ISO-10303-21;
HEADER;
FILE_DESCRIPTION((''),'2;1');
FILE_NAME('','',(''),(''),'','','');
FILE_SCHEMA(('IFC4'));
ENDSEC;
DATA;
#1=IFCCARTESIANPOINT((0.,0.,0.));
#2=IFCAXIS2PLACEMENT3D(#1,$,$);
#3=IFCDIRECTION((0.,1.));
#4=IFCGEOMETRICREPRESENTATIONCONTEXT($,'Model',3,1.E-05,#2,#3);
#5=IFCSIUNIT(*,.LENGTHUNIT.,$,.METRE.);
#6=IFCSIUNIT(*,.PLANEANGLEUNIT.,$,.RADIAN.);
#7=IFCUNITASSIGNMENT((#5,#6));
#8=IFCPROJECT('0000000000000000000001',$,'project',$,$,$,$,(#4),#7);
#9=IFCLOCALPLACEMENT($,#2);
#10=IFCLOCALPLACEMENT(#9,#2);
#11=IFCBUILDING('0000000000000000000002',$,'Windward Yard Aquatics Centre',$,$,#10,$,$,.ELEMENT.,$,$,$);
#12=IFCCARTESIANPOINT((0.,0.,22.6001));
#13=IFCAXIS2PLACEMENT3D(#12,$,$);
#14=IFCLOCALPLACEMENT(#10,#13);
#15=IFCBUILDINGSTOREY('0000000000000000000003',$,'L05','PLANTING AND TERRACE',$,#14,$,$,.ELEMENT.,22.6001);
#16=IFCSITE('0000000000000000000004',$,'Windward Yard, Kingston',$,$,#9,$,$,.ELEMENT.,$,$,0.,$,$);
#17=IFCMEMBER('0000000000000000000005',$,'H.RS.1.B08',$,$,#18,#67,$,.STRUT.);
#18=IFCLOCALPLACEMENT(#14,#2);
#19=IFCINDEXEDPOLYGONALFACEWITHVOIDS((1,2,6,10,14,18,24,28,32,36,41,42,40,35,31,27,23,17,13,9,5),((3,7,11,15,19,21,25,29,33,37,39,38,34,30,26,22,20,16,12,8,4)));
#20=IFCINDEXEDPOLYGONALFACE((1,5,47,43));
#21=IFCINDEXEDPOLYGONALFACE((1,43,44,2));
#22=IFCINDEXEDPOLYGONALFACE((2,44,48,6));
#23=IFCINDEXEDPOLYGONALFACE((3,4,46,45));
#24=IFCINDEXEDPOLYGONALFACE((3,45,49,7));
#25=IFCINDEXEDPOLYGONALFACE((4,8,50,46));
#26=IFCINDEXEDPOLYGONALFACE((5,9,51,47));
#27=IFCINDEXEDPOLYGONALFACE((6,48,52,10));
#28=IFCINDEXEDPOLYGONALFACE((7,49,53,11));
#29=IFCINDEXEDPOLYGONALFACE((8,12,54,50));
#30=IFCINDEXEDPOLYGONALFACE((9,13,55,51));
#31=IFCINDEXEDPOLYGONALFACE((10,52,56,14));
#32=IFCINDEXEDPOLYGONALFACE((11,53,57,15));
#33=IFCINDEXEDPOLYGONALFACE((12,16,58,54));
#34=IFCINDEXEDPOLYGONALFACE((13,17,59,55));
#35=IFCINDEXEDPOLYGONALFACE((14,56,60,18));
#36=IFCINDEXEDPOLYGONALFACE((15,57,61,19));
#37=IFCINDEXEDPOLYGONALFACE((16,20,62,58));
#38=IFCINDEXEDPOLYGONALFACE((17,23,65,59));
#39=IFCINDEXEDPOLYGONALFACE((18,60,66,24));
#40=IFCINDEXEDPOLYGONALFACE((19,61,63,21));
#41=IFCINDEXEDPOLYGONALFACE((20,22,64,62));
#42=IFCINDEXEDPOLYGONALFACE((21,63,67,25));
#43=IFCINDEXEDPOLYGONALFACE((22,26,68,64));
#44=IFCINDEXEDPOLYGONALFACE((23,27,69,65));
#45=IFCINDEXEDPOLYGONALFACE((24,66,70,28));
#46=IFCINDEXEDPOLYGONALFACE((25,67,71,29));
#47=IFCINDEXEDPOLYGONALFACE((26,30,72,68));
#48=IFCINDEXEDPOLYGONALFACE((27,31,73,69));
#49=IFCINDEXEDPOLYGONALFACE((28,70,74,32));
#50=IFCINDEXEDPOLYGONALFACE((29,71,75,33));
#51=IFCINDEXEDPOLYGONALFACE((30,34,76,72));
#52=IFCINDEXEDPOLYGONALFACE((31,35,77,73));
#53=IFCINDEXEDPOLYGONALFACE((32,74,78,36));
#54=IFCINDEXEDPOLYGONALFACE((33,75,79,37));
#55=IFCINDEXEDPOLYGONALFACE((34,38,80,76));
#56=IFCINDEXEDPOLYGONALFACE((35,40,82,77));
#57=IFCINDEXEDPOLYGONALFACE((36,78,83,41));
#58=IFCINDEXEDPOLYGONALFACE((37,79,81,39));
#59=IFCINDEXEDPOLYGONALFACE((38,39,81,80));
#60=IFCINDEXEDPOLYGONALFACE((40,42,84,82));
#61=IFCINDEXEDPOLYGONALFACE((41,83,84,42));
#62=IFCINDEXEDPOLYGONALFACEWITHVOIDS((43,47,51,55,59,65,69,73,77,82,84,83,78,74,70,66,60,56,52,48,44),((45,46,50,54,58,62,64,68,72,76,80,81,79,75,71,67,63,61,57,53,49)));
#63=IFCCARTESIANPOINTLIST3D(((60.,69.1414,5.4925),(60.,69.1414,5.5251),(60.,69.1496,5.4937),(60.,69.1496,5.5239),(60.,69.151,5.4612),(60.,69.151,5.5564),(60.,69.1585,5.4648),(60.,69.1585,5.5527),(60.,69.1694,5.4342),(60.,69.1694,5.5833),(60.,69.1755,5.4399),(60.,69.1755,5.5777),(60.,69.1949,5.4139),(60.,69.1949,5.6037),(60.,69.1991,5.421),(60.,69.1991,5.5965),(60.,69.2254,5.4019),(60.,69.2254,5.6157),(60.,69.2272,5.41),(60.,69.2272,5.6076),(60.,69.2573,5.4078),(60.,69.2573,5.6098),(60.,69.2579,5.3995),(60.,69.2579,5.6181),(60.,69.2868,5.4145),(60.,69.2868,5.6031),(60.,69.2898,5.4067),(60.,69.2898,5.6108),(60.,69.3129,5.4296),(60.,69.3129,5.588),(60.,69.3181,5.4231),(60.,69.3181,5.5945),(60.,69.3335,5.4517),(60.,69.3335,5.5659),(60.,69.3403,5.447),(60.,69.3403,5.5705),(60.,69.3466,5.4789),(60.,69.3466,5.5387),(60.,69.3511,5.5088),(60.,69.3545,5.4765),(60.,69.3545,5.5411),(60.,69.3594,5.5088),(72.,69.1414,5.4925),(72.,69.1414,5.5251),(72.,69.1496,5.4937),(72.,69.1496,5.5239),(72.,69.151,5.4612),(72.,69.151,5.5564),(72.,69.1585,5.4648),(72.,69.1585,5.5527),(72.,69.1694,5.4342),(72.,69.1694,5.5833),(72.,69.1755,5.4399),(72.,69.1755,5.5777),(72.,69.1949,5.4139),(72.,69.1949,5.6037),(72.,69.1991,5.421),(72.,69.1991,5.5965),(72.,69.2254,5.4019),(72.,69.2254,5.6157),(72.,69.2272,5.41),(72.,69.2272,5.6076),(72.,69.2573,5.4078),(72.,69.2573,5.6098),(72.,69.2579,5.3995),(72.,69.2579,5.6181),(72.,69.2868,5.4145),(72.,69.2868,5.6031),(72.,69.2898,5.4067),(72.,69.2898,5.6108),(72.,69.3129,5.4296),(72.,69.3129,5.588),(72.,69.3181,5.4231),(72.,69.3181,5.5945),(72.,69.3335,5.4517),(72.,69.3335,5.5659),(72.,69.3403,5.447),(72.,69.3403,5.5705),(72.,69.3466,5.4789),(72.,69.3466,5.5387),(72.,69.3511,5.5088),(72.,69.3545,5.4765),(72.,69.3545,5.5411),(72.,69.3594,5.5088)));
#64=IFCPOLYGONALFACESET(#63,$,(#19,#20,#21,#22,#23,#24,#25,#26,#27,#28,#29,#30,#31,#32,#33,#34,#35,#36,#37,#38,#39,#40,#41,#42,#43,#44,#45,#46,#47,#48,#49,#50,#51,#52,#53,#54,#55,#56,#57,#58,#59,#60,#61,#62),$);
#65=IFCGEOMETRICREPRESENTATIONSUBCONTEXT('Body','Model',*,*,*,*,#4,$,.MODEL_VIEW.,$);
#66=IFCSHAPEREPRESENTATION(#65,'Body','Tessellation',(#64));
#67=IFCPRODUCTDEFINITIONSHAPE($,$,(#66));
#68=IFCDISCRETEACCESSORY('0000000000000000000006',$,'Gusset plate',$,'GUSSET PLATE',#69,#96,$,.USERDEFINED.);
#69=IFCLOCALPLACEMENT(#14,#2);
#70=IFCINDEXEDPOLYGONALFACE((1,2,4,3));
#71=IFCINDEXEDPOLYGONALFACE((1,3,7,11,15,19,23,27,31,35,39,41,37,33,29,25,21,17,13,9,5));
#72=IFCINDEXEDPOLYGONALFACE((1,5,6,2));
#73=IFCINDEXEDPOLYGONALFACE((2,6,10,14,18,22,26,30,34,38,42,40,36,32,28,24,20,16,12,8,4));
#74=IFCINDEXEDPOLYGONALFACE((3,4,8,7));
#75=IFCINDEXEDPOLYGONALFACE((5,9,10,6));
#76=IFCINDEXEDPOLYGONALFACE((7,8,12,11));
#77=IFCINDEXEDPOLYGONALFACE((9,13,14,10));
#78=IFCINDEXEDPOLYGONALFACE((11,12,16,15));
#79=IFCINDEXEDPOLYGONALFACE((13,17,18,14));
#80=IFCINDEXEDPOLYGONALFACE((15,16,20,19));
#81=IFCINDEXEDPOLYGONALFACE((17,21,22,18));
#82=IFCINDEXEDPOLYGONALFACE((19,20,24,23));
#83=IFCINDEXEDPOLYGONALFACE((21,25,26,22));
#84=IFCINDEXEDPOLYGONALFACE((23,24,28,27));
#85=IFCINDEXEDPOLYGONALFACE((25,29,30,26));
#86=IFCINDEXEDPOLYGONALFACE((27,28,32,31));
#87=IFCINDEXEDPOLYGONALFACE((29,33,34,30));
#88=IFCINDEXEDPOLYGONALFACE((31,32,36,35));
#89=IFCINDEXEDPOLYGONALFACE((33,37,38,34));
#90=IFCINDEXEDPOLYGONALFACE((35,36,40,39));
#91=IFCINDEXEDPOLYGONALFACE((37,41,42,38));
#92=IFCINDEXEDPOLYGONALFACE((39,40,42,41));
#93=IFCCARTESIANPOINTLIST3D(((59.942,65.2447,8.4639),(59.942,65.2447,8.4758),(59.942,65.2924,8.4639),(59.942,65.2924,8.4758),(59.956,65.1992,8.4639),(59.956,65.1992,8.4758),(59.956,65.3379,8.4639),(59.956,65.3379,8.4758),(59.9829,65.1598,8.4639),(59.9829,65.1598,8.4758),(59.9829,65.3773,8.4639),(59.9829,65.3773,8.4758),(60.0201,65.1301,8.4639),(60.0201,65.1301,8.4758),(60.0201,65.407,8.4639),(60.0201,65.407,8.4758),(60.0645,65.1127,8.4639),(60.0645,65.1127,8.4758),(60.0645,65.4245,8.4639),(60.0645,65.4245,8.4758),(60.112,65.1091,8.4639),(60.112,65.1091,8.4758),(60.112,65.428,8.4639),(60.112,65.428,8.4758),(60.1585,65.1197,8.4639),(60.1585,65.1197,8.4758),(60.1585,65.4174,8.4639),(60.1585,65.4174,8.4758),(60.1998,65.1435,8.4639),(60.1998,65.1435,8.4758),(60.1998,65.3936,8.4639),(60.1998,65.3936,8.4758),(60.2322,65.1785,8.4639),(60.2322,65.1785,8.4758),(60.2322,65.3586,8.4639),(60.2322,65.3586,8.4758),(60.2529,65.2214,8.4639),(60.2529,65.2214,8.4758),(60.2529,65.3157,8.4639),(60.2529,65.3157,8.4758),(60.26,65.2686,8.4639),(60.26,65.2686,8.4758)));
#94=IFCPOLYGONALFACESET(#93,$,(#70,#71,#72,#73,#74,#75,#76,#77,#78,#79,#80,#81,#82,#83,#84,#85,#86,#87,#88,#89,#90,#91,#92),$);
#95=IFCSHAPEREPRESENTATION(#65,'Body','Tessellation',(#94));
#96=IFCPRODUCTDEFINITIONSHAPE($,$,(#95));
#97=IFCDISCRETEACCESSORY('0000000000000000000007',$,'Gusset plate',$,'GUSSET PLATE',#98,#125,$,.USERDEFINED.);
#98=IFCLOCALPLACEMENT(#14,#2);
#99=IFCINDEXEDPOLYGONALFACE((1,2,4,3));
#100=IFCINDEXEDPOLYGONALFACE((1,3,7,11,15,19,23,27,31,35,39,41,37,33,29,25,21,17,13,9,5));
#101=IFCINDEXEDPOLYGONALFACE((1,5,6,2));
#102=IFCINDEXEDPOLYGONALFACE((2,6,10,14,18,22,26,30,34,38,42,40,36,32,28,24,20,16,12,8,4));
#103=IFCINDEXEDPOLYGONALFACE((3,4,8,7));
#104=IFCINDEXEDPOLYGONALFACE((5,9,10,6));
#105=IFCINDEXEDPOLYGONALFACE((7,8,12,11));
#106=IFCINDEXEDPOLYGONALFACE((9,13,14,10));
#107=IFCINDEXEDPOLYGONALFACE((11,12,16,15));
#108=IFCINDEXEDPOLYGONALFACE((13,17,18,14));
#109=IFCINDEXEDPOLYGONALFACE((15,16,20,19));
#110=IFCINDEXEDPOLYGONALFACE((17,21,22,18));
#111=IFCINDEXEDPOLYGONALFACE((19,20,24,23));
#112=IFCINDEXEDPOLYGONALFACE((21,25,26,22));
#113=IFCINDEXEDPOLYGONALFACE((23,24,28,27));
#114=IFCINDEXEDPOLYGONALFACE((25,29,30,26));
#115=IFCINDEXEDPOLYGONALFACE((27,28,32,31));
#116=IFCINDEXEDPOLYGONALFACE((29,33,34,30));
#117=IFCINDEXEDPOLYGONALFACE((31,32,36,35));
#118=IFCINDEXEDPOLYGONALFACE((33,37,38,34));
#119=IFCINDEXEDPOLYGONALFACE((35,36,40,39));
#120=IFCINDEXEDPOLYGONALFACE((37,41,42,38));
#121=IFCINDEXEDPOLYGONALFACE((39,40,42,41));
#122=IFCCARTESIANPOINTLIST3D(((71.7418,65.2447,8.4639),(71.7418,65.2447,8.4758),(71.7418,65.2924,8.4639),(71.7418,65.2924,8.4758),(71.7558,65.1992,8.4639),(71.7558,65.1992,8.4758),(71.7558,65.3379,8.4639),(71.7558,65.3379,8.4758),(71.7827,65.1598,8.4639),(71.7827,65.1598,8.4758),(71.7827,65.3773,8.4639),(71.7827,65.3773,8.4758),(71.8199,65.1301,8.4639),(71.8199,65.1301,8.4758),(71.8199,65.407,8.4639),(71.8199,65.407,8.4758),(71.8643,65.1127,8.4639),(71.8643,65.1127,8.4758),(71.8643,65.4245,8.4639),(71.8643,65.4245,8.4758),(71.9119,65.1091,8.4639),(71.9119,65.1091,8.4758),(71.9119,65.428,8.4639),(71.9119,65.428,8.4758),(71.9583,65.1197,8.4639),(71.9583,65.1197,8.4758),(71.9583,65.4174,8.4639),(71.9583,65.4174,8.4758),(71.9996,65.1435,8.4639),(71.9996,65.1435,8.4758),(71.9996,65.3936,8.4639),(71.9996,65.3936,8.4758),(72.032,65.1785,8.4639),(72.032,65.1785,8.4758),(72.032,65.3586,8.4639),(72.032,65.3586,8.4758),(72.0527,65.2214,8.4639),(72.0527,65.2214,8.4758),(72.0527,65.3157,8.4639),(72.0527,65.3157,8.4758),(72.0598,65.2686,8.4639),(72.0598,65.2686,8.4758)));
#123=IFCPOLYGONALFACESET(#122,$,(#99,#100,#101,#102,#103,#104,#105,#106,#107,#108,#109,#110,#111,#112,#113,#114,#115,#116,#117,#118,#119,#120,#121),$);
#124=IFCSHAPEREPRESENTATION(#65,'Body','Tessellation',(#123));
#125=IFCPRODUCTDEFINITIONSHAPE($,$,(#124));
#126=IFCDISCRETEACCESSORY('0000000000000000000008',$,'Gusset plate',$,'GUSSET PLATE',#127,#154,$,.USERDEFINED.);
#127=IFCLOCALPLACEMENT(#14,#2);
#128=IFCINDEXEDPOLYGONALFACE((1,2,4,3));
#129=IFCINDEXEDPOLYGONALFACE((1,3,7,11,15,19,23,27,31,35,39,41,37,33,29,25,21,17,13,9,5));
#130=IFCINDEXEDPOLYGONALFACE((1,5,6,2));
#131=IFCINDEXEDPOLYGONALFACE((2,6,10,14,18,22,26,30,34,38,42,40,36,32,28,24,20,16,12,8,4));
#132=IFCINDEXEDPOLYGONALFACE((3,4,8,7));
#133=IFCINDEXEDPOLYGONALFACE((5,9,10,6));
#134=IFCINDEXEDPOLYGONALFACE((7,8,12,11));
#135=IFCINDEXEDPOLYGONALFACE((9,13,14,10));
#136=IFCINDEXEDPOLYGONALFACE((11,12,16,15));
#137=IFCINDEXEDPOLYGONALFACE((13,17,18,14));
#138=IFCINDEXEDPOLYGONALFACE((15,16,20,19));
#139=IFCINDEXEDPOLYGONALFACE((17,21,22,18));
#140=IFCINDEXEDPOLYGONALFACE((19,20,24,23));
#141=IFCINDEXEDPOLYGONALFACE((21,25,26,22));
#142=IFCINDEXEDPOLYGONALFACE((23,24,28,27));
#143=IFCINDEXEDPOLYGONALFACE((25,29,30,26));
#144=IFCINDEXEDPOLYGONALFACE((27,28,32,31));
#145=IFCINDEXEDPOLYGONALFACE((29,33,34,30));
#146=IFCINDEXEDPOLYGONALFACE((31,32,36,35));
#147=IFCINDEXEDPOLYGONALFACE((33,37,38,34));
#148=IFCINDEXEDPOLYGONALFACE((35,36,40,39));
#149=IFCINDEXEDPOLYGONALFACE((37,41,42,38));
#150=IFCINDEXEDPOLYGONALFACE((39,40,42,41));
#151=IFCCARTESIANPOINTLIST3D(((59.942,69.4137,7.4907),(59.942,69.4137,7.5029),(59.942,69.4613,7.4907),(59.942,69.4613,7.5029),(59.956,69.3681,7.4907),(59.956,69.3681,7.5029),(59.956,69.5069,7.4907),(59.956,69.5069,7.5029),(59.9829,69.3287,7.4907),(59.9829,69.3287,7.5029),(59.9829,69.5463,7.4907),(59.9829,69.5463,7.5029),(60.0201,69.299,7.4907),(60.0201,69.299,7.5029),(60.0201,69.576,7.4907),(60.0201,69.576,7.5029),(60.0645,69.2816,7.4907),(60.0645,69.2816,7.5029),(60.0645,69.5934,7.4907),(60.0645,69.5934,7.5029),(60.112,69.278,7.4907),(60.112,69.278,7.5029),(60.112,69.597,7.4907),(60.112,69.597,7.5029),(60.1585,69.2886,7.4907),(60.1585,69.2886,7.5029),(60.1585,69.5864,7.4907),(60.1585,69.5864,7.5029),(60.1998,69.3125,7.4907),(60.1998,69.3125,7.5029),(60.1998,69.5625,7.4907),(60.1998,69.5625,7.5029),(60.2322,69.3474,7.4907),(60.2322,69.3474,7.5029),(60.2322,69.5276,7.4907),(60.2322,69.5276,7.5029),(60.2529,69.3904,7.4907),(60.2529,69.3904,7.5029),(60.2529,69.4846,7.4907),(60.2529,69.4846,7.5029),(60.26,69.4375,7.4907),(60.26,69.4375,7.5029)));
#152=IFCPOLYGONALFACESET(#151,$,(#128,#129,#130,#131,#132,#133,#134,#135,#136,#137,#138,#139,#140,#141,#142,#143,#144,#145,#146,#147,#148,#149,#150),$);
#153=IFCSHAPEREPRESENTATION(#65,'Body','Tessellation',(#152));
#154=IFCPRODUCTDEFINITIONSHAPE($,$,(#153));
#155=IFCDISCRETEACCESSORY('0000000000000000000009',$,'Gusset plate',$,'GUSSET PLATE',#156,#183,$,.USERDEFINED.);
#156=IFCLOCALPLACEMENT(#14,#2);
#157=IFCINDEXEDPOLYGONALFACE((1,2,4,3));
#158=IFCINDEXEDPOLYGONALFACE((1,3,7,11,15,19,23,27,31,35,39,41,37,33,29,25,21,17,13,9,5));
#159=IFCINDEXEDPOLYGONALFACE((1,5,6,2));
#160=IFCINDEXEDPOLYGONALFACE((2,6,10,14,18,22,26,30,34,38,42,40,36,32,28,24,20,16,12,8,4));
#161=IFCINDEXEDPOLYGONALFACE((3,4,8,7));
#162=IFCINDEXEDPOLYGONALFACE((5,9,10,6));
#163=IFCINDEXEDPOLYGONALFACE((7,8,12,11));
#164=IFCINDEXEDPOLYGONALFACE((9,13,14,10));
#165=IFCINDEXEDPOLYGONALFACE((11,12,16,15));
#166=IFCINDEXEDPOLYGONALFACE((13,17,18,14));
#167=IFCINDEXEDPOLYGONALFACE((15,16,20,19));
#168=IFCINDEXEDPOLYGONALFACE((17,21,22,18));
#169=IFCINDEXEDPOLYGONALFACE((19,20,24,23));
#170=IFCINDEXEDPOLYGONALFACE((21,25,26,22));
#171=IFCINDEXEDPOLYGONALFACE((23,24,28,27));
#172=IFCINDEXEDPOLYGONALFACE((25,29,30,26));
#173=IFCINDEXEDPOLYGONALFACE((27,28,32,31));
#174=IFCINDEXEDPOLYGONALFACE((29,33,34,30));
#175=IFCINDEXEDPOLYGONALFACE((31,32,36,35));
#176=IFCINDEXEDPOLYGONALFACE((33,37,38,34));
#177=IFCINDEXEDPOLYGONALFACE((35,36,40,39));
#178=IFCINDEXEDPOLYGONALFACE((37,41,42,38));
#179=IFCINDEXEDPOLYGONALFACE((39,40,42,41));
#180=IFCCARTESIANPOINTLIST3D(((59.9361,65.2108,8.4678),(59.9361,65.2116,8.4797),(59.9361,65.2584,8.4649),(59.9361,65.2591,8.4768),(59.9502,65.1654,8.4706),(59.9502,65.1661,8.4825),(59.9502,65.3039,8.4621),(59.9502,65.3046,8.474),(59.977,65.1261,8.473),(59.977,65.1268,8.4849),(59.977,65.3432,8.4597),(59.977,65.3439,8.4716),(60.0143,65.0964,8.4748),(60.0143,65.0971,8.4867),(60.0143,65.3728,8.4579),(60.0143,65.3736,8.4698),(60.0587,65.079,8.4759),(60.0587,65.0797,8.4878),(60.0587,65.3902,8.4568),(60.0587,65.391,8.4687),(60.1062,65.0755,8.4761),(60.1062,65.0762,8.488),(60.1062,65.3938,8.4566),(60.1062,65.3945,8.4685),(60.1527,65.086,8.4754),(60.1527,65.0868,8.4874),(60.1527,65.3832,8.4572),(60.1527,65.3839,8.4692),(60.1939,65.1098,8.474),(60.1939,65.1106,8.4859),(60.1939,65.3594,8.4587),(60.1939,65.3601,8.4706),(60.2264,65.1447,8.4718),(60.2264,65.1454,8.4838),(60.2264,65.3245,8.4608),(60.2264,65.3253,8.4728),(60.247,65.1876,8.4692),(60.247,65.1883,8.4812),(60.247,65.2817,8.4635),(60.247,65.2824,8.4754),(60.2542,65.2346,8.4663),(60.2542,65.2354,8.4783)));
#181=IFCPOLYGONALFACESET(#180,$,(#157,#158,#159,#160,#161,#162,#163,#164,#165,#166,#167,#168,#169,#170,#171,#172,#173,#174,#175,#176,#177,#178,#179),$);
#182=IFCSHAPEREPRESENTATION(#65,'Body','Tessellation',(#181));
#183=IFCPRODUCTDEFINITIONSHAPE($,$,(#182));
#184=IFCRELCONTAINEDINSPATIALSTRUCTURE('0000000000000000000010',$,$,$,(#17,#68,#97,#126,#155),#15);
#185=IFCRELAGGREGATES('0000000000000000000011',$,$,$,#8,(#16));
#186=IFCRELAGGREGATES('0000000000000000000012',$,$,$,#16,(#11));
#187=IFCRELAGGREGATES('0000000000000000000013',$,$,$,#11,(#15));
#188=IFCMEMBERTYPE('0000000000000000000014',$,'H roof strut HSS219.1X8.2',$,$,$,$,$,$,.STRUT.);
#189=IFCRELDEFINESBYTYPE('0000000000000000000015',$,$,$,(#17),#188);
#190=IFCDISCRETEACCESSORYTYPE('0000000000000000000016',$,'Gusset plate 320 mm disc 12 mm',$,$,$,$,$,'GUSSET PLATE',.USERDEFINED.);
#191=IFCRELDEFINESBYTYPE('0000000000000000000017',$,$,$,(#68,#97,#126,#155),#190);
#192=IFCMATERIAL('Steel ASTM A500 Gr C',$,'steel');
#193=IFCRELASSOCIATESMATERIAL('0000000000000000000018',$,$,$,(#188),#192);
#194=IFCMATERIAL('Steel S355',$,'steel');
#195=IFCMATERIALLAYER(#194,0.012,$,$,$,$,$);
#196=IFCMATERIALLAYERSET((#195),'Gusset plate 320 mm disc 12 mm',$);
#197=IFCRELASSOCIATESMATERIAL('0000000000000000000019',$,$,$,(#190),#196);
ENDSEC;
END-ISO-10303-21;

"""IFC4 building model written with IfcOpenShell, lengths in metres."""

from ifc_helpers import new_model, si_unit, direction, frame, origin, origin_2d, place, context, subcontext, project, spatial, circle, hollow_circle, extrude, material, layer, layer_set, material_profile, profile_set, type_object, element, save


model = new_model("IFC4")

# Units and contexts
model_context = context("Model", 3, precision=1e-05, world=origin(), true_north=direction((0.0, 1.0)))
body_context = subcontext(model_context, "Body", "Model", "MODEL_VIEW")
ifc_project = project(units=[si_unit("LENGTHUNIT", "METRE"), si_unit("PLANEANGLEUNIT", "RADIAN")], contexts=[model_context])

# Site, building, storey
site_placement = place(None, origin())
site = spatial("IfcSite", under=ifc_project, at=site_placement, Name="Windward Yard, Kingston", CompositionType="ELEMENT", RefElevation=0.0)
building_placement = place(site_placement, origin())
building = spatial("IfcBuilding", under=site, at=building_placement, Name="Windward Yard Aquatics Centre", CompositionType="ELEMENT")
storey_placement = place(building_placement, frame((0.0, 0.0, 22.6001)))
storey = spatial("IfcBuildingStorey", under=building, at=storey_placement, Name="L05", Description="PLANTING AND TERRACE", CompositionType="ELEMENT", Elevation=22.6001)

# Member
ifc_material_1 = material(Name="Steel ASTM A500 Gr C", Category="steel")
ifc_material_profile_1 = material_profile(ifc_material_1, hollow_circle(Radius=0.1096, WallThickness=0.0083, at=origin_2d()), Name="HSS219.1X8.2")
ifc_profile_set_1 = profile_set([ifc_material_profile_1], Name="Steel ASTM A500 Gr C")
member_type_1 = type_object("IfcMemberType", Name="H roof strut HSS219.1X8.2", PredefinedType="STRUT", material=ifc_profile_set_1)
for number, where, z_axis, x_axis, name in (
    (1, (60.0, 69.2498, 5.5088), (1.0, 0.0, 0.0), (0.0, 1.0, 0.0), "H.RS.1.B08"),
):
    element("IfcMember", number, at=place(storey_placement, frame(where, z_axis=z_axis, x_axis=x_axis)), inside=storey, type_object=member_type_1, Name=name, PredefinedType="STRUT", context=body_context, shape_type="SweptSolid", body=[
        extrude(hollow_circle(Radius=0.1096, WallThickness=0.0083, at=origin_2d()), origin(), (0.0, 0.0, 1.0), 12.0),
    ])

# Discrete accessories
ifc_material_2 = material(Name="Steel S355", Category="steel")
ifc_layer = layer(ifc_material_2, 0.012)
ifc_layer_set = layer_set([ifc_layer], Name="Gusset plate 320 mm disc 12 mm")
discrete_accessory_type = type_object("IfcDiscreteAccessoryType", Name="Gusset plate 320 mm disc 12 mm", ElementType="GUSSET PLATE", PredefinedType="USERDEFINED", material=ifc_layer_set)
for number, where, z_axis, x_axis, name in (
    (2, (60.1001, 65.2686, 8.4639), (0.0, 0.0, 1.0), (1.0, 0.0, 0.0), "Gusset plate"),
    (3, (71.8999, 65.2686, 8.4639), (0.0, 0.0, 1.0), (1.0, 0.0, 0.0), "Gusset plate"),
):
    element("IfcDiscreteAccessory", number, at=place(storey_placement, frame(where, z_axis=z_axis, x_axis=x_axis)), inside=storey, type_object=discrete_accessory_type, Name=name, ObjectType="GUSSET PLATE", PredefinedType="USERDEFINED", context=body_context, shape_type="SweptSolid", body=[
        extrude(circle(Radius=0.1599, at=origin_2d()), origin(), (0.0, 0.0, 1.0), 0.012),
    ])
discrete_accessory_1_placement = place(storey_placement, frame((60.1001, 69.4375, 7.4907), z_axis=(0.0, 0.0, 1.0), x_axis=(1.0, 0.0, 0.0)))
element("IfcDiscreteAccessory", 4, at=discrete_accessory_1_placement, inside=storey, type_object=discrete_accessory_type, Name="Gusset plate", ObjectType="GUSSET PLATE", PredefinedType="USERDEFINED", context=body_context, shape_type="SweptSolid", body=[
    extrude(circle(Radius=0.1599, at=origin_2d()), origin(), (0.0, 0.0, 1.0), 0.0122),
])
for number, where, z_axis, x_axis, name in (
    (5, (60.0942, 65.2354, 8.4783), (0.0, -0.06111, -0.998131), (1.0, 0.0, 0.0), "Gusset plate"),
):
    element("IfcDiscreteAccessory", number, at=place(storey_placement, frame(where, z_axis=z_axis, x_axis=x_axis)), inside=storey, type_object=discrete_accessory_type, Name=name, ObjectType="GUSSET PLATE", PredefinedType="USERDEFINED", context=body_context, shape_type="SweptSolid", body=[
        extrude(circle(Radius=0.1599, at=origin_2d()), origin(), (0.0, 0.0, 1.0), 0.012),
    ])

save(model, "model.ifc")
